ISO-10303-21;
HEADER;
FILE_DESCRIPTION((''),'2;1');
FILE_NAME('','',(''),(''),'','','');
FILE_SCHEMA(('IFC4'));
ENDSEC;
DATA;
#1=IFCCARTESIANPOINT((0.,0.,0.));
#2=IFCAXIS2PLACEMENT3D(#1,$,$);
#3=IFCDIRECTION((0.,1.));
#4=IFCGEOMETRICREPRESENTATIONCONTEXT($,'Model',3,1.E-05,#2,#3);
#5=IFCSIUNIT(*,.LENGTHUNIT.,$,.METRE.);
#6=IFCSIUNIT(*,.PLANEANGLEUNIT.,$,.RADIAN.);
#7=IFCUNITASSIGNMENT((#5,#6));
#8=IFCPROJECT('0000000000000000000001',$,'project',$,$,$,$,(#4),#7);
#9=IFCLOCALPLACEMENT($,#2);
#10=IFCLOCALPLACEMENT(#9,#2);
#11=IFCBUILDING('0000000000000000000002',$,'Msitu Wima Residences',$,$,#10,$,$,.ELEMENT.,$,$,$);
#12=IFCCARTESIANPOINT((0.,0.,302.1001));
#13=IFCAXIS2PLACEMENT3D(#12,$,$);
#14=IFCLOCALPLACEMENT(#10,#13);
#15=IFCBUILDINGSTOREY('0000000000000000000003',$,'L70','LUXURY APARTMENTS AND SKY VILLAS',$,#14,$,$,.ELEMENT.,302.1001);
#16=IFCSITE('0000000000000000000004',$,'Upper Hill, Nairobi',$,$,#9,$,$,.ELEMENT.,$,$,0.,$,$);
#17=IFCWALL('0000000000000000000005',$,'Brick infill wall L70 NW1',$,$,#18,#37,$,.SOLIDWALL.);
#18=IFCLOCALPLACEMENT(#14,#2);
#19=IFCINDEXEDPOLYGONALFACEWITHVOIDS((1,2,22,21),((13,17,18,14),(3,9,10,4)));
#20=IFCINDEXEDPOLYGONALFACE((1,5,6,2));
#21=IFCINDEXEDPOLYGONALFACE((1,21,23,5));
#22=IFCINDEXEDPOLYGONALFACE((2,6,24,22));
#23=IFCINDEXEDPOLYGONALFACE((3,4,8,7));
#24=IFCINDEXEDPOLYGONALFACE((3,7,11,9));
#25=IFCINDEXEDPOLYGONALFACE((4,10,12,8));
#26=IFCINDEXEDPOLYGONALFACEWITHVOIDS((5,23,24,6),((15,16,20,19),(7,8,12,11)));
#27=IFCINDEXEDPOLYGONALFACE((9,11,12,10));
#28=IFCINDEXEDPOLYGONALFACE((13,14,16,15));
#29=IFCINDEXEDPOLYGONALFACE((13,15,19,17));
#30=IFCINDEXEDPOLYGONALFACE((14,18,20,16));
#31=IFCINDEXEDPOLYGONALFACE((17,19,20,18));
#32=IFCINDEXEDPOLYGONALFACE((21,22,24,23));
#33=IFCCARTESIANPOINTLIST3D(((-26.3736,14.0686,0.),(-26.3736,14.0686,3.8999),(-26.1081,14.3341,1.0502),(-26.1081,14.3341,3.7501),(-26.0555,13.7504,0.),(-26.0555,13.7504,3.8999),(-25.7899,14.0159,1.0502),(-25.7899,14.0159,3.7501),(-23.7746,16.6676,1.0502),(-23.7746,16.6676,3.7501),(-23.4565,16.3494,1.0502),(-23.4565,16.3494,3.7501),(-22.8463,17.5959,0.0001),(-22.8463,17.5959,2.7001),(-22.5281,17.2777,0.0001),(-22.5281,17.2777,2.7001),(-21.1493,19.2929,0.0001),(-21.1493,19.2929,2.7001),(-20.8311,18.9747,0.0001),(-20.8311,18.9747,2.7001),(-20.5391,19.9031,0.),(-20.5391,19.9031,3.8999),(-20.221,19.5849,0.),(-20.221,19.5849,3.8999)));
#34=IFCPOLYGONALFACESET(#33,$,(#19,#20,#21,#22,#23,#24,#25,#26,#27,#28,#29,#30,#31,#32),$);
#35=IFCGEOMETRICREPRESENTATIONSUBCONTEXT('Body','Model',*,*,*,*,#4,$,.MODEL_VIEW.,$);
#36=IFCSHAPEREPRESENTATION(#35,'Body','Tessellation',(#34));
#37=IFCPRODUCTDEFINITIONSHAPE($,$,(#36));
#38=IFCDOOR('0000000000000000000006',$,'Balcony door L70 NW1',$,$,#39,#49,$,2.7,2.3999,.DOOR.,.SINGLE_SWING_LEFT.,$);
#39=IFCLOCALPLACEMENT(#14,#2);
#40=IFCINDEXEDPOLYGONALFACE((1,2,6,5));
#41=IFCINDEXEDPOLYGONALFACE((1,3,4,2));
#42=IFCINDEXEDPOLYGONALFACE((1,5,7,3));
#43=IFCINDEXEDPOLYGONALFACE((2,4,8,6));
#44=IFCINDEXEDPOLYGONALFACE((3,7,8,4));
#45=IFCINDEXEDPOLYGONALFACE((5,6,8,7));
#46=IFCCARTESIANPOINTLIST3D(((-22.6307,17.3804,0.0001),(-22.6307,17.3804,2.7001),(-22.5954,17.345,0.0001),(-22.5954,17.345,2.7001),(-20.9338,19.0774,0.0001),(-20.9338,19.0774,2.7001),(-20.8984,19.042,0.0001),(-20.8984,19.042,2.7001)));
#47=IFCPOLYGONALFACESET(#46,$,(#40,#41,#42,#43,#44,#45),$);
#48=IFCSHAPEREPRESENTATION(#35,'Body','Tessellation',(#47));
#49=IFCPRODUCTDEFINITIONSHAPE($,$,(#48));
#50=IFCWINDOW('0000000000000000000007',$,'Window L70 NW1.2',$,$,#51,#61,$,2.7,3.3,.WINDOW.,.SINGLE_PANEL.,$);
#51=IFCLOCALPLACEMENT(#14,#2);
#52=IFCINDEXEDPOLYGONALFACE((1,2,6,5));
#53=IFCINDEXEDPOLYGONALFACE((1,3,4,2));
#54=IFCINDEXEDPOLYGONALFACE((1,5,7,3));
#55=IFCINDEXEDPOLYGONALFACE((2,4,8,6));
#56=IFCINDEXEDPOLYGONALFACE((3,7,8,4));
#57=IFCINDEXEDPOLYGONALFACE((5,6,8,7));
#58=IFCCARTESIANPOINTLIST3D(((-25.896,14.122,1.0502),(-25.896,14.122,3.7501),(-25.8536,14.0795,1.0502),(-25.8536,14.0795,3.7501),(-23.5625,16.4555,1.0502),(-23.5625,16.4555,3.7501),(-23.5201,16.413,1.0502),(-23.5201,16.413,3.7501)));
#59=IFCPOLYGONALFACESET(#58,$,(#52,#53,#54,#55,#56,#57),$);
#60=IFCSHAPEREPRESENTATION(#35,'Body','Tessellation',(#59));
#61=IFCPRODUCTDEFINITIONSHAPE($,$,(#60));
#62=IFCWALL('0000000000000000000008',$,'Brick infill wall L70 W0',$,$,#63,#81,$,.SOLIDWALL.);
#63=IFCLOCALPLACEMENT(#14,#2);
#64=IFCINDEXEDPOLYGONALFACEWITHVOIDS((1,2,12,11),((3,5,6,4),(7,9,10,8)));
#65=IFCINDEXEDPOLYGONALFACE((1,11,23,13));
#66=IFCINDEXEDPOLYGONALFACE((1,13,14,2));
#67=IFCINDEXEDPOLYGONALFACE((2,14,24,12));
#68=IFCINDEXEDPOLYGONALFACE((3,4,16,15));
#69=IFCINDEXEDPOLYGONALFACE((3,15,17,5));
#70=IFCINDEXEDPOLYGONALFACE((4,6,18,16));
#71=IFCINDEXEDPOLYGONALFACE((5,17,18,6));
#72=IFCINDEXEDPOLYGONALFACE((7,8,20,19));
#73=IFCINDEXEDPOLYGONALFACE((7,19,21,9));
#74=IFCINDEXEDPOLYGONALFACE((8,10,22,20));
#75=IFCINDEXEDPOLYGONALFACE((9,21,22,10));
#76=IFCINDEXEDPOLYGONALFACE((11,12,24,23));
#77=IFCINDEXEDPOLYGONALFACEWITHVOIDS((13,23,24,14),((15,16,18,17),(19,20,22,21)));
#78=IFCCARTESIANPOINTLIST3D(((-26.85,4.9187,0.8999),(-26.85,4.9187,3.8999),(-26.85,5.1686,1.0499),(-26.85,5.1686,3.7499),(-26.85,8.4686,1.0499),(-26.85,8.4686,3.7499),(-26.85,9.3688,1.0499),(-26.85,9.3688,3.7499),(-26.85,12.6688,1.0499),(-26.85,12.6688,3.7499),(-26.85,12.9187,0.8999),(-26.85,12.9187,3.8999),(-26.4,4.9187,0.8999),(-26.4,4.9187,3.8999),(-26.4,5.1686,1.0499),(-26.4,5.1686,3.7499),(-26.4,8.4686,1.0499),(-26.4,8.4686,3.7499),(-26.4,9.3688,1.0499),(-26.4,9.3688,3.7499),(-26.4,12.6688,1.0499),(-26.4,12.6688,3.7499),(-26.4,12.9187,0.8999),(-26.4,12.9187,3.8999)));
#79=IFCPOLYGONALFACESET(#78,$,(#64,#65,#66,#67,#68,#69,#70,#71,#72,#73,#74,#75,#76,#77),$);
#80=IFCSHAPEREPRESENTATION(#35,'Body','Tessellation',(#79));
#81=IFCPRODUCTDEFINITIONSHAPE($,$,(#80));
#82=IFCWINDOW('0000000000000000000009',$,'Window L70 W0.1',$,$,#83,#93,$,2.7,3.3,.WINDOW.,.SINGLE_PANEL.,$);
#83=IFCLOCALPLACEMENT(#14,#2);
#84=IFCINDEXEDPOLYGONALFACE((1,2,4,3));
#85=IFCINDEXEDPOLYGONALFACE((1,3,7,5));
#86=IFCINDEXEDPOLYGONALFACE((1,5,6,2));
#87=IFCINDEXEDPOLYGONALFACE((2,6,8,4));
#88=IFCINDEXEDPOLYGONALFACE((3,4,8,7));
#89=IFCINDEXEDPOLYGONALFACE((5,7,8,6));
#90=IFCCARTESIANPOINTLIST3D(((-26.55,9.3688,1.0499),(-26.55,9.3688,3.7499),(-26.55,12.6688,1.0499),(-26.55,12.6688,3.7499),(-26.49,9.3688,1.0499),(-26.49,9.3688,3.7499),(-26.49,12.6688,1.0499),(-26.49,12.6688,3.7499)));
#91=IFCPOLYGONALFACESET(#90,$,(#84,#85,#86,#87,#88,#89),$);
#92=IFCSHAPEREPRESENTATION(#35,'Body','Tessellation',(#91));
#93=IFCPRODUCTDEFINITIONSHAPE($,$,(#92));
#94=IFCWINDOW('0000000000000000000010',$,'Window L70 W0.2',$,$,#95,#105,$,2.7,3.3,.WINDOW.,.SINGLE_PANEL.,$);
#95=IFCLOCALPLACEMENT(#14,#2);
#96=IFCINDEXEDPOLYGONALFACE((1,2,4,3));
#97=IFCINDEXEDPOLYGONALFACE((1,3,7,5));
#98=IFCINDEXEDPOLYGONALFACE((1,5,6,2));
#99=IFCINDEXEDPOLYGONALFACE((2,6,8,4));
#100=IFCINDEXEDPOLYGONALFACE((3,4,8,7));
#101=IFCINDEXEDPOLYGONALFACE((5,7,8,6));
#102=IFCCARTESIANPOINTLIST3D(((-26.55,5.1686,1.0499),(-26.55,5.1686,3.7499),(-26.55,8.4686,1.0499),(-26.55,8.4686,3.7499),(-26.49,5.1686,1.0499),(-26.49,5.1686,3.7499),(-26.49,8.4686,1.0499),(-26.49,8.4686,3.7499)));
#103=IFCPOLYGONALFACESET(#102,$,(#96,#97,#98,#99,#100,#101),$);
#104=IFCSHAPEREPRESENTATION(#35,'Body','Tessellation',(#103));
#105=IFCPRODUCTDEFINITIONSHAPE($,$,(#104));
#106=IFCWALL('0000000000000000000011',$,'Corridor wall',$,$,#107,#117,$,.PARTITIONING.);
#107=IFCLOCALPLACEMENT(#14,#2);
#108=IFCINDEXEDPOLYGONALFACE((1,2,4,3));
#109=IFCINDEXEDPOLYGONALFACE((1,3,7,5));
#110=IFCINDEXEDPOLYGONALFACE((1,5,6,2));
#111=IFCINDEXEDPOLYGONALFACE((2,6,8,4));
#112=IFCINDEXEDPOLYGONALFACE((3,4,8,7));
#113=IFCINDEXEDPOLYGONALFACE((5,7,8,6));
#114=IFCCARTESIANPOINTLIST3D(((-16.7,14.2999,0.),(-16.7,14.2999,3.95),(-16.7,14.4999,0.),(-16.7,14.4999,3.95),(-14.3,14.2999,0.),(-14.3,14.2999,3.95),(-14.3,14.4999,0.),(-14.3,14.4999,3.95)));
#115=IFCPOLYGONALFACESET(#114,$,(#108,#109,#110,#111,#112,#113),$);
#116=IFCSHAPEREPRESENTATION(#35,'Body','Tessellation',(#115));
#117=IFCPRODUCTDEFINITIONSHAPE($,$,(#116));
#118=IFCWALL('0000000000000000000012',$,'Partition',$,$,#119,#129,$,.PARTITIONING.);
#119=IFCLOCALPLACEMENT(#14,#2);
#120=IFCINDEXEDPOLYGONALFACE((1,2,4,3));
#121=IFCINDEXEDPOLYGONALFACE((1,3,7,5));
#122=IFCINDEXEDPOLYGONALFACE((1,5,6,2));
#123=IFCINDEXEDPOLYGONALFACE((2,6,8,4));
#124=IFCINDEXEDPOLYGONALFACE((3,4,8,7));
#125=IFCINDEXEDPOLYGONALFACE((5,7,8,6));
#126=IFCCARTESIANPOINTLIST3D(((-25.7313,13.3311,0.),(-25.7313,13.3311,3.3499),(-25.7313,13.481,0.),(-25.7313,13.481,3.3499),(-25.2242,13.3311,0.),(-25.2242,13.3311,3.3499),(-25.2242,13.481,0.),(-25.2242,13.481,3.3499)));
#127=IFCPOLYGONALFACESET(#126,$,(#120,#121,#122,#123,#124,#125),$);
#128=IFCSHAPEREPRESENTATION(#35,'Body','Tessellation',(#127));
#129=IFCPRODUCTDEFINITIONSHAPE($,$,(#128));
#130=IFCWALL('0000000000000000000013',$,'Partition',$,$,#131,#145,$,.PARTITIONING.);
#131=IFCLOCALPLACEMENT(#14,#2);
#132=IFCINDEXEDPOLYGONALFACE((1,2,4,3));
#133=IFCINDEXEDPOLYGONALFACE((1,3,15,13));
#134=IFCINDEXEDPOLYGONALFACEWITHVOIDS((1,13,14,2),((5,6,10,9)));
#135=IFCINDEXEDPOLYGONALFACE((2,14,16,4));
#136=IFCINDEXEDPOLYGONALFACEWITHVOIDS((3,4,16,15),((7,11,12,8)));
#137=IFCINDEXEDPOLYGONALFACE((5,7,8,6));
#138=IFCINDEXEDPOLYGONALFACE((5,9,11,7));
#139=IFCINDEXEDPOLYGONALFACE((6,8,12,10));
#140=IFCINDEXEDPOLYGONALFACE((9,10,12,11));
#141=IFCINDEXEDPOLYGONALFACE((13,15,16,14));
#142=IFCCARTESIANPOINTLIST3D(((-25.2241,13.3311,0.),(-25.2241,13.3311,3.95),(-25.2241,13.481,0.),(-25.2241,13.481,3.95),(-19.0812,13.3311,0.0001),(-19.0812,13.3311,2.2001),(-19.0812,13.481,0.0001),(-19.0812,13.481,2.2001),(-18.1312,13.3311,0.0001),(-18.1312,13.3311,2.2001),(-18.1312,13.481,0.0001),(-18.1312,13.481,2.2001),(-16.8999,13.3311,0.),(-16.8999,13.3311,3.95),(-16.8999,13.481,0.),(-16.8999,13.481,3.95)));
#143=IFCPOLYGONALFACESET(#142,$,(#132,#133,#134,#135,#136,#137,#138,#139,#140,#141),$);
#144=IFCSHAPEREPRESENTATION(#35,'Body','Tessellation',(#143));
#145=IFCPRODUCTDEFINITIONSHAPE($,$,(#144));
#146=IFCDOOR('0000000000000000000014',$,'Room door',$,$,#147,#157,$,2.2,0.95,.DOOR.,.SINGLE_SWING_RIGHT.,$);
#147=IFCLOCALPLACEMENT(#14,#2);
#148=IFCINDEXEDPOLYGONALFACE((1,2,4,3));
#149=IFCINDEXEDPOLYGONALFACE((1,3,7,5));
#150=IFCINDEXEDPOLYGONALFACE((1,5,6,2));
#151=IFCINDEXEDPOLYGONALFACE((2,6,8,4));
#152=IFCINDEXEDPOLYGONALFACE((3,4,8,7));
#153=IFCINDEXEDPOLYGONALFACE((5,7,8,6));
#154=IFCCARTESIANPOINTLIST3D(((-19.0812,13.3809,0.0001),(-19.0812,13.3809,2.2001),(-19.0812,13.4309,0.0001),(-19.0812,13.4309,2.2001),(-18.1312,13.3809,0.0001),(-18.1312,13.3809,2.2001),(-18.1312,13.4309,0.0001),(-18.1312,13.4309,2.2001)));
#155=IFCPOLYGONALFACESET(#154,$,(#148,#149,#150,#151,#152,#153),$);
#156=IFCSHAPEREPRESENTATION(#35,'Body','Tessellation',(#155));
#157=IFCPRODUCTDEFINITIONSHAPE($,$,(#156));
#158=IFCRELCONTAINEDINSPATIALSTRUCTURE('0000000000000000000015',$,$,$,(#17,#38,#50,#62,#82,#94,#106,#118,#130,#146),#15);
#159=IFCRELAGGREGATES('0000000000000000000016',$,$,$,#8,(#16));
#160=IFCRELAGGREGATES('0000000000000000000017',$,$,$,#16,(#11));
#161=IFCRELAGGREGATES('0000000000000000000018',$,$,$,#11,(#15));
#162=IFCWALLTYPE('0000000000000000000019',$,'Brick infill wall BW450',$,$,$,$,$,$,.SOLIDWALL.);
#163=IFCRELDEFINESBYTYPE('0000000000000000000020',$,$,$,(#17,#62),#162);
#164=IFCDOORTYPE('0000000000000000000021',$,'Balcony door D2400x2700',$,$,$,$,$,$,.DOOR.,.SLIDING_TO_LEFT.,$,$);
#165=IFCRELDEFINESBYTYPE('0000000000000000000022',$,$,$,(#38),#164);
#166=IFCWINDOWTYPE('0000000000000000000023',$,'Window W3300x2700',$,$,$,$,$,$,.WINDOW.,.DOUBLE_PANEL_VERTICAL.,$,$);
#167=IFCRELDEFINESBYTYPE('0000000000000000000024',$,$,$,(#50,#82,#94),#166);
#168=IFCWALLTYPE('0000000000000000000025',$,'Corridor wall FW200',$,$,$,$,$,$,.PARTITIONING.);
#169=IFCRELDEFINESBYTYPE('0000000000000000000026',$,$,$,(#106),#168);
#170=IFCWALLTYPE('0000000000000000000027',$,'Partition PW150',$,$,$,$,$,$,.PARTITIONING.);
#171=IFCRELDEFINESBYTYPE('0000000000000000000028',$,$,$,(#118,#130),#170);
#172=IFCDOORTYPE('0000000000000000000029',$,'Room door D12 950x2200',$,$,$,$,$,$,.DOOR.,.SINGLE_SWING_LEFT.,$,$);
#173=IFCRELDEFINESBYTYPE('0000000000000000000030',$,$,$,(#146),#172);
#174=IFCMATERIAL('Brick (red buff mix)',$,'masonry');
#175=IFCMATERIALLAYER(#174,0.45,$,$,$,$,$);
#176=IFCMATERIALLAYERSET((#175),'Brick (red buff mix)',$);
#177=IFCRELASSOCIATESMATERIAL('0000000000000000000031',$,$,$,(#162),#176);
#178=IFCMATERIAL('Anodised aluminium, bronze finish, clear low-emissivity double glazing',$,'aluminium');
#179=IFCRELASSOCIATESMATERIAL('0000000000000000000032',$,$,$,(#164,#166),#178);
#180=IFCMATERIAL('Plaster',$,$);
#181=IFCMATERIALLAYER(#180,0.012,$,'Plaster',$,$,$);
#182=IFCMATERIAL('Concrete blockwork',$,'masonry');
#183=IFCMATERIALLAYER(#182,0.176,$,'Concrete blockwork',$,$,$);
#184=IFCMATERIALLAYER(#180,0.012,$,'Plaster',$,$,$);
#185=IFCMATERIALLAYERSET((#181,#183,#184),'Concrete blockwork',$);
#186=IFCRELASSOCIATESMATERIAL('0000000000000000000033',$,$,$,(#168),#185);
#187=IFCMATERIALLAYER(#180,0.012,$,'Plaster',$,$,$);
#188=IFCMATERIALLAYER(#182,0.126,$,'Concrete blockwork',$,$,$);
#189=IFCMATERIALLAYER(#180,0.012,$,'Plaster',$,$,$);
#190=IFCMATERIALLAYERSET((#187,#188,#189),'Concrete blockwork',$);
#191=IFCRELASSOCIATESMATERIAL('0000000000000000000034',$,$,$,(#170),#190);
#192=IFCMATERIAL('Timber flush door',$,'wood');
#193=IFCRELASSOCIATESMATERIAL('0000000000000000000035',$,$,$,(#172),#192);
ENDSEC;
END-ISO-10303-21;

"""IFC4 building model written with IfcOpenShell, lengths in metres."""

from ifc_helpers import new_model, si_unit, direction, frame, frame_2d, origin, place, context, subcontext, project, spatial, rectangle, extrude, material, layer, layer_set, type_object, element, fill, save


model = new_model("IFC4")

# Units and contexts
model_context = context("Model", 3, precision=1e-05, world=origin(), true_north=direction((0.0, 1.0)))
body_context = subcontext(model_context, "Body", "Model", "MODEL_VIEW")
ifc_project = project(units=[si_unit("LENGTHUNIT", "METRE"), si_unit("PLANEANGLEUNIT", "RADIAN")], contexts=[model_context])

# Site, building, storey
site_placement = place(None, origin())
site = spatial("IfcSite", under=ifc_project, at=site_placement, Name="Upper Hill, Nairobi", CompositionType="ELEMENT", RefElevation=0.0)
building_placement = place(site_placement, origin())
building = spatial("IfcBuilding", under=site, at=building_placement, Name="Msitu Wima Residences", CompositionType="ELEMENT")
storey_placement = place(building_placement, frame((0.0, 0.0, 302.1001)))
storey = spatial("IfcBuildingStorey", under=building, at=storey_placement, Name="L70", Description="LUXURY APARTMENTS AND SKY VILLAS", CompositionType="ELEMENT", Elevation=302.1001)

# Wall, openings, door, window
ifc_material_1 = material(Name="Brick (red buff mix)", Category="masonry")
ifc_layer_1 = layer(ifc_material_1, 0.45)
ifc_layer_set_1 = layer_set([ifc_layer_1], Name="Brick (red buff mix)")
wall_type_1 = type_object("IfcWallType", Name="Brick infill wall BW450", PredefinedType="SOLIDWALL", material=ifc_layer_set_1)
wall_1_placement = place(storey_placement, frame((-20.3801, 19.7439, 0.0), z_axis=(0.0, 0.0, 1.0), x_axis=(-0.707107, -0.707107, 0.0)))
wall_1 = element("IfcWall", 1, at=wall_1_placement, inside=storey, type_object=wall_type_1, Name="Brick infill wall L70 NW1", PredefinedType="SOLIDWALL", context=body_context, shape_type="SweptSolid", body=[
    extrude(rectangle(XDim=8.2512, YDim=0.45, at=frame_2d((4.1255, 0.0))), origin(), (0.0, 0.0, 1.0), 3.8999),
])
opening_1_placement = place(wall_1_placement, frame((0.8628, 0.0, 0.0)))
opening_1 = element("IfcOpeningElement", 2, at=opening_1_placement, cuts=wall_1, PredefinedType="OPENING", context=body_context, shape_type="SweptSolid", body=[
    extrude(rectangle(XDim=2.3999, YDim=2.7, at=frame_2d((1.2, 1.3501))), frame((0.0, 0.2349, 0.0), z_axis=(0.0, -1.0, 0.0), x_axis=(1.0, 0.0, 0.0)), (0.0, 0.0, 1.0), 0.47),
])
opening_2_placement = place(wall_1_placement, frame((4.5757, 0.0, 1.05)))
opening_2 = element("IfcOpeningElement", 3, at=opening_2_placement, cuts=wall_1, PredefinedType="OPENING", context=body_context, shape_type="SweptSolid", body=[
    extrude(rectangle(XDim=3.3, YDim=2.7, at=frame_2d((1.6499, 1.3501))), frame((0.0, 0.2349, 0.0), z_axis=(0.0, -1.0, 0.0), x_axis=(1.0, 0.0, 0.0)), (0.0, 0.0, 1.0), 0.47),
])
ifc_material_2 = material(Name="Anodised aluminium, bronze finish, clear low-emissivity double glazing", Category="aluminium")
door_type_1 = type_object("IfcDoorType", Name="Balcony door D2400x2700", OperationType="SLIDING_TO_LEFT", PredefinedType="DOOR", material=ifc_material_2)
door_1_placement = place(opening_1_placement, origin())
door_1 = element("IfcDoor", 4, at=door_1_placement, inside=storey, type_object=door_type_1, Name="Balcony door L70 NW1", OperationType="SINGLE_SWING_LEFT", OverallHeight=2.7, OverallWidth=2.3999, PredefinedType="DOOR", context=body_context, shape_type="SweptSolid", body=[
    extrude(rectangle(XDim=2.3999, YDim=2.7, at=frame_2d((1.2, 1.3501))), frame((0.0, 0.1299, 0.0), z_axis=(0.0, -1.0, 0.0), x_axis=(1.0, 0.0, 0.0)), (0.0, 0.0, 1.0), 0.05),
])
fill(opening_1, door_1)
window_type = type_object("IfcWindowType", Name="Window W3300x2700", PartitioningType="DOUBLE_PANEL_VERTICAL", PredefinedType="WINDOW", material=ifc_material_2)
window_1_placement = place(opening_2_placement, origin())
window_1 = element("IfcWindow", 5, at=window_1_placement, inside=storey, type_object=window_type, Name="Window L70 NW1.2", OverallHeight=2.7, OverallWidth=3.3, PartitioningType="SINGLE_PANEL", PredefinedType="WINDOW", context=body_context, shape_type="SweptSolid", body=[
    extrude(rectangle(XDim=3.3, YDim=2.7, at=frame_2d((1.6499, 1.3501))), frame((0.0, 0.135, 0.0), z_axis=(0.0, -1.0, 0.0), x_axis=(1.0, 0.0, 0.0)), (0.0, 0.0, 1.0), 0.0601),
])
fill(opening_2, window_1)

# Wall, openings, windows
wall_2_placement = place(storey_placement, frame((-26.625, 12.9187, 0.8999), z_axis=(0.0, 0.0, 1.0), x_axis=(0.0, -1.0, 0.0)))
wall_2 = element("IfcWall", 6, at=wall_2_placement, inside=storey, type_object=wall_type_1, Name="Brick infill wall L70 W0", PredefinedType="SOLIDWALL", context=body_context, shape_type="SweptSolid", body=[
    extrude(rectangle(XDim=8.0, YDim=0.45, at=frame_2d((4.0, 0.0))), origin(), (0.0, 0.0, 1.0), 3.0),
])
opening_3_placement = place(wall_2_placement, frame((0.25, 0.0, 0.1499)))
opening_3 = element("IfcOpeningElement", 7, at=opening_3_placement, cuts=wall_2, PredefinedType="OPENING", context=body_context, shape_type="SweptSolid", body=[
    extrude(rectangle(XDim=3.3, YDim=2.7, at=frame_2d((1.6499, 1.3501))), frame((0.0, 0.2349, 0.0), z_axis=(0.0, -1.0, 0.0), x_axis=(1.0, 0.0, 0.0)), (0.0, 0.0, 1.0), 0.47),
])
opening_4_placement = place(wall_2_placement, frame((4.4502, 0.0, 0.1499)))
opening_4 = element("IfcOpeningElement", 8, at=opening_4_placement, cuts=wall_2, PredefinedType="OPENING", context=body_context, shape_type="SweptSolid", body=[
    extrude(rectangle(XDim=3.3, YDim=2.7, at=frame_2d((1.6499, 1.3501))), frame((0.0, 0.2349, 0.0), z_axis=(0.0, -1.0, 0.0), x_axis=(1.0, 0.0, 0.0)), (0.0, 0.0, 1.0), 0.47),
])
window_2_placement = place(opening_3_placement, origin())
window_2 = element("IfcWindow", 9, at=window_2_placement, inside=storey, type_object=window_type, Name="Window L70 W0.1", OverallHeight=2.7, OverallWidth=3.3, PartitioningType="SINGLE_PANEL", PredefinedType="WINDOW", context=body_context, shape_type="SweptSolid", body=[
    extrude(rectangle(XDim=3.3, YDim=2.7, at=frame_2d((1.6499, 1.3501))), frame((0.0, 0.135, 0.0), z_axis=(0.0, -1.0, 0.0), x_axis=(1.0, 0.0, 0.0)), (0.0, 0.0, 1.0), 0.0601),
])
fill(opening_3, window_2)
window_3_placement = place(opening_4_placement, origin())
window_3 = element("IfcWindow", 10, at=window_3_placement, inside=storey, type_object=window_type, Name="Window L70 W0.2", OverallHeight=2.7, OverallWidth=3.3, PartitioningType="SINGLE_PANEL", PredefinedType="WINDOW", context=body_context, shape_type="SweptSolid", body=[
    extrude(rectangle(XDim=3.3, YDim=2.7, at=frame_2d((1.6499, 1.3501))), frame((0.0, 0.135, 0.0), z_axis=(0.0, -1.0, 0.0), x_axis=(1.0, 0.0, 0.0)), (0.0, 0.0, 1.0), 0.0601),
])
fill(opening_4, window_3)

# Walls
ifc_material_3 = material(Name="Plaster")
ifc_layer_2 = layer(ifc_material_3, 0.012, Name="Plaster")
ifc_material_4 = material(Name="Concrete blockwork", Category="masonry")
ifc_layer_3 = layer(ifc_material_4, 0.176, Name="Concrete blockwork")
ifc_layer_4 = layer(ifc_material_3, 0.012, Name="Plaster")
ifc_layer_set_2 = layer_set([ifc_layer_2, ifc_layer_3, ifc_layer_4], Name="Concrete blockwork")
wall_type_2 = type_object("IfcWallType", Name="Corridor wall FW200", PredefinedType="PARTITIONING", material=ifc_layer_set_2)
wall_3_placement = place(storey_placement, frame((-16.7, 14.3999, 0.0), z_axis=(0.0, 0.0, 1.0), x_axis=(1.0, 0.0, 0.0)))
element("IfcWall", 11, at=wall_3_placement, inside=storey, type_object=wall_type_2, Name="Corridor wall", PredefinedType="PARTITIONING", context=body_context, shape_type="SweptSolid", body=[
    extrude(rectangle(XDim=2.3999, YDim=0.2, at=frame_2d((1.2, 0.0))), origin(), (0.0, 0.0, 1.0), 3.95),
])
ifc_layer_5 = layer(ifc_material_3, 0.012, Name="Plaster")
ifc_layer_6 = layer(ifc_material_4, 0.126, Name="Concrete blockwork")
ifc_layer_7 = layer(ifc_material_3, 0.012, Name="Plaster")
ifc_layer_set_3 = layer_set([ifc_layer_5, ifc_layer_6, ifc_layer_7], Name="Concrete blockwork")
wall_type_3 = type_object("IfcWallType", Name="Partition PW150", PredefinedType="PARTITIONING", material=ifc_layer_set_3)
wall_4_placement = place(storey_placement, frame((-25.7312, 13.406, 0.0), z_axis=(0.0, 0.0, 1.0), x_axis=(1.0, 0.0, 0.0)))
element("IfcWall", 12, at=wall_4_placement, inside=storey, type_object=wall_type_3, Name="Partition", PredefinedType="PARTITIONING", context=body_context, shape_type="SweptSolid", body=[
    extrude(rectangle(XDim=0.5071, YDim=0.1499, at=frame_2d((0.2534, 0.0))), origin(), (0.0, 0.0, 1.0), 3.3499),
])

# Wall, opening, door
wall_5_placement = place(storey_placement, frame((-25.2241, 13.406, 0.0), z_axis=(0.0, 0.0, 1.0), x_axis=(1.0, 0.0, 0.0)))
wall_5 = element("IfcWall", 13, at=wall_5_placement, inside=storey, type_object=wall_type_3, Name="Partition", PredefinedType="PARTITIONING", context=body_context, shape_type="SweptSolid", body=[
    extrude(rectangle(XDim=8.3242, YDim=0.1499, at=frame_2d((4.1621, 0.0))), origin(), (0.0, 0.0, 1.0), 3.95),
])
opening_5_placement = place(wall_5_placement, frame((6.1428, 0.0, 0.0)))
opening_5 = element("IfcOpeningElement", 14, at=opening_5_placement, cuts=wall_5, PredefinedType="OPENING", context=body_context, shape_type="SweptSolid", body=[
    extrude(rectangle(XDim=0.95, YDim=2.2, at=frame_2d((0.4751, 1.1001))), frame((0.0, 0.085, 0.0), z_axis=(0.0, -1.0, 0.0), x_axis=(1.0, 0.0, 0.0)), (0.0, 0.0, 1.0), 0.1699),
])
ifc_material_5 = material(Name="Timber flush door", Category="wood")
door_type_2 = type_object("IfcDoorType", Name="Room door D12 950x2200", OperationType="SINGLE_SWING_LEFT", PredefinedType="DOOR", material=ifc_material_5)
door_2_placement = place(opening_5_placement, origin())
door_2 = element("IfcDoor", 15, at=door_2_placement, inside=storey, type_object=door_type_2, Name="Room door", OperationType="SINGLE_SWING_RIGHT", OverallHeight=2.2, OverallWidth=0.95, PredefinedType="DOOR", context=body_context, shape_type="SweptSolid", body=[
    extrude(rectangle(XDim=0.95, YDim=2.2, at=frame_2d((0.4751, 1.1001))), frame((0.0, 0.0249, 0.0), z_axis=(0.0, -1.0, 0.0), x_axis=(1.0, 0.0, 0.0)), (0.0, 0.0, 1.0), 0.05),
])
fill(opening_5, door_2)

save(model, "model.ifc")
